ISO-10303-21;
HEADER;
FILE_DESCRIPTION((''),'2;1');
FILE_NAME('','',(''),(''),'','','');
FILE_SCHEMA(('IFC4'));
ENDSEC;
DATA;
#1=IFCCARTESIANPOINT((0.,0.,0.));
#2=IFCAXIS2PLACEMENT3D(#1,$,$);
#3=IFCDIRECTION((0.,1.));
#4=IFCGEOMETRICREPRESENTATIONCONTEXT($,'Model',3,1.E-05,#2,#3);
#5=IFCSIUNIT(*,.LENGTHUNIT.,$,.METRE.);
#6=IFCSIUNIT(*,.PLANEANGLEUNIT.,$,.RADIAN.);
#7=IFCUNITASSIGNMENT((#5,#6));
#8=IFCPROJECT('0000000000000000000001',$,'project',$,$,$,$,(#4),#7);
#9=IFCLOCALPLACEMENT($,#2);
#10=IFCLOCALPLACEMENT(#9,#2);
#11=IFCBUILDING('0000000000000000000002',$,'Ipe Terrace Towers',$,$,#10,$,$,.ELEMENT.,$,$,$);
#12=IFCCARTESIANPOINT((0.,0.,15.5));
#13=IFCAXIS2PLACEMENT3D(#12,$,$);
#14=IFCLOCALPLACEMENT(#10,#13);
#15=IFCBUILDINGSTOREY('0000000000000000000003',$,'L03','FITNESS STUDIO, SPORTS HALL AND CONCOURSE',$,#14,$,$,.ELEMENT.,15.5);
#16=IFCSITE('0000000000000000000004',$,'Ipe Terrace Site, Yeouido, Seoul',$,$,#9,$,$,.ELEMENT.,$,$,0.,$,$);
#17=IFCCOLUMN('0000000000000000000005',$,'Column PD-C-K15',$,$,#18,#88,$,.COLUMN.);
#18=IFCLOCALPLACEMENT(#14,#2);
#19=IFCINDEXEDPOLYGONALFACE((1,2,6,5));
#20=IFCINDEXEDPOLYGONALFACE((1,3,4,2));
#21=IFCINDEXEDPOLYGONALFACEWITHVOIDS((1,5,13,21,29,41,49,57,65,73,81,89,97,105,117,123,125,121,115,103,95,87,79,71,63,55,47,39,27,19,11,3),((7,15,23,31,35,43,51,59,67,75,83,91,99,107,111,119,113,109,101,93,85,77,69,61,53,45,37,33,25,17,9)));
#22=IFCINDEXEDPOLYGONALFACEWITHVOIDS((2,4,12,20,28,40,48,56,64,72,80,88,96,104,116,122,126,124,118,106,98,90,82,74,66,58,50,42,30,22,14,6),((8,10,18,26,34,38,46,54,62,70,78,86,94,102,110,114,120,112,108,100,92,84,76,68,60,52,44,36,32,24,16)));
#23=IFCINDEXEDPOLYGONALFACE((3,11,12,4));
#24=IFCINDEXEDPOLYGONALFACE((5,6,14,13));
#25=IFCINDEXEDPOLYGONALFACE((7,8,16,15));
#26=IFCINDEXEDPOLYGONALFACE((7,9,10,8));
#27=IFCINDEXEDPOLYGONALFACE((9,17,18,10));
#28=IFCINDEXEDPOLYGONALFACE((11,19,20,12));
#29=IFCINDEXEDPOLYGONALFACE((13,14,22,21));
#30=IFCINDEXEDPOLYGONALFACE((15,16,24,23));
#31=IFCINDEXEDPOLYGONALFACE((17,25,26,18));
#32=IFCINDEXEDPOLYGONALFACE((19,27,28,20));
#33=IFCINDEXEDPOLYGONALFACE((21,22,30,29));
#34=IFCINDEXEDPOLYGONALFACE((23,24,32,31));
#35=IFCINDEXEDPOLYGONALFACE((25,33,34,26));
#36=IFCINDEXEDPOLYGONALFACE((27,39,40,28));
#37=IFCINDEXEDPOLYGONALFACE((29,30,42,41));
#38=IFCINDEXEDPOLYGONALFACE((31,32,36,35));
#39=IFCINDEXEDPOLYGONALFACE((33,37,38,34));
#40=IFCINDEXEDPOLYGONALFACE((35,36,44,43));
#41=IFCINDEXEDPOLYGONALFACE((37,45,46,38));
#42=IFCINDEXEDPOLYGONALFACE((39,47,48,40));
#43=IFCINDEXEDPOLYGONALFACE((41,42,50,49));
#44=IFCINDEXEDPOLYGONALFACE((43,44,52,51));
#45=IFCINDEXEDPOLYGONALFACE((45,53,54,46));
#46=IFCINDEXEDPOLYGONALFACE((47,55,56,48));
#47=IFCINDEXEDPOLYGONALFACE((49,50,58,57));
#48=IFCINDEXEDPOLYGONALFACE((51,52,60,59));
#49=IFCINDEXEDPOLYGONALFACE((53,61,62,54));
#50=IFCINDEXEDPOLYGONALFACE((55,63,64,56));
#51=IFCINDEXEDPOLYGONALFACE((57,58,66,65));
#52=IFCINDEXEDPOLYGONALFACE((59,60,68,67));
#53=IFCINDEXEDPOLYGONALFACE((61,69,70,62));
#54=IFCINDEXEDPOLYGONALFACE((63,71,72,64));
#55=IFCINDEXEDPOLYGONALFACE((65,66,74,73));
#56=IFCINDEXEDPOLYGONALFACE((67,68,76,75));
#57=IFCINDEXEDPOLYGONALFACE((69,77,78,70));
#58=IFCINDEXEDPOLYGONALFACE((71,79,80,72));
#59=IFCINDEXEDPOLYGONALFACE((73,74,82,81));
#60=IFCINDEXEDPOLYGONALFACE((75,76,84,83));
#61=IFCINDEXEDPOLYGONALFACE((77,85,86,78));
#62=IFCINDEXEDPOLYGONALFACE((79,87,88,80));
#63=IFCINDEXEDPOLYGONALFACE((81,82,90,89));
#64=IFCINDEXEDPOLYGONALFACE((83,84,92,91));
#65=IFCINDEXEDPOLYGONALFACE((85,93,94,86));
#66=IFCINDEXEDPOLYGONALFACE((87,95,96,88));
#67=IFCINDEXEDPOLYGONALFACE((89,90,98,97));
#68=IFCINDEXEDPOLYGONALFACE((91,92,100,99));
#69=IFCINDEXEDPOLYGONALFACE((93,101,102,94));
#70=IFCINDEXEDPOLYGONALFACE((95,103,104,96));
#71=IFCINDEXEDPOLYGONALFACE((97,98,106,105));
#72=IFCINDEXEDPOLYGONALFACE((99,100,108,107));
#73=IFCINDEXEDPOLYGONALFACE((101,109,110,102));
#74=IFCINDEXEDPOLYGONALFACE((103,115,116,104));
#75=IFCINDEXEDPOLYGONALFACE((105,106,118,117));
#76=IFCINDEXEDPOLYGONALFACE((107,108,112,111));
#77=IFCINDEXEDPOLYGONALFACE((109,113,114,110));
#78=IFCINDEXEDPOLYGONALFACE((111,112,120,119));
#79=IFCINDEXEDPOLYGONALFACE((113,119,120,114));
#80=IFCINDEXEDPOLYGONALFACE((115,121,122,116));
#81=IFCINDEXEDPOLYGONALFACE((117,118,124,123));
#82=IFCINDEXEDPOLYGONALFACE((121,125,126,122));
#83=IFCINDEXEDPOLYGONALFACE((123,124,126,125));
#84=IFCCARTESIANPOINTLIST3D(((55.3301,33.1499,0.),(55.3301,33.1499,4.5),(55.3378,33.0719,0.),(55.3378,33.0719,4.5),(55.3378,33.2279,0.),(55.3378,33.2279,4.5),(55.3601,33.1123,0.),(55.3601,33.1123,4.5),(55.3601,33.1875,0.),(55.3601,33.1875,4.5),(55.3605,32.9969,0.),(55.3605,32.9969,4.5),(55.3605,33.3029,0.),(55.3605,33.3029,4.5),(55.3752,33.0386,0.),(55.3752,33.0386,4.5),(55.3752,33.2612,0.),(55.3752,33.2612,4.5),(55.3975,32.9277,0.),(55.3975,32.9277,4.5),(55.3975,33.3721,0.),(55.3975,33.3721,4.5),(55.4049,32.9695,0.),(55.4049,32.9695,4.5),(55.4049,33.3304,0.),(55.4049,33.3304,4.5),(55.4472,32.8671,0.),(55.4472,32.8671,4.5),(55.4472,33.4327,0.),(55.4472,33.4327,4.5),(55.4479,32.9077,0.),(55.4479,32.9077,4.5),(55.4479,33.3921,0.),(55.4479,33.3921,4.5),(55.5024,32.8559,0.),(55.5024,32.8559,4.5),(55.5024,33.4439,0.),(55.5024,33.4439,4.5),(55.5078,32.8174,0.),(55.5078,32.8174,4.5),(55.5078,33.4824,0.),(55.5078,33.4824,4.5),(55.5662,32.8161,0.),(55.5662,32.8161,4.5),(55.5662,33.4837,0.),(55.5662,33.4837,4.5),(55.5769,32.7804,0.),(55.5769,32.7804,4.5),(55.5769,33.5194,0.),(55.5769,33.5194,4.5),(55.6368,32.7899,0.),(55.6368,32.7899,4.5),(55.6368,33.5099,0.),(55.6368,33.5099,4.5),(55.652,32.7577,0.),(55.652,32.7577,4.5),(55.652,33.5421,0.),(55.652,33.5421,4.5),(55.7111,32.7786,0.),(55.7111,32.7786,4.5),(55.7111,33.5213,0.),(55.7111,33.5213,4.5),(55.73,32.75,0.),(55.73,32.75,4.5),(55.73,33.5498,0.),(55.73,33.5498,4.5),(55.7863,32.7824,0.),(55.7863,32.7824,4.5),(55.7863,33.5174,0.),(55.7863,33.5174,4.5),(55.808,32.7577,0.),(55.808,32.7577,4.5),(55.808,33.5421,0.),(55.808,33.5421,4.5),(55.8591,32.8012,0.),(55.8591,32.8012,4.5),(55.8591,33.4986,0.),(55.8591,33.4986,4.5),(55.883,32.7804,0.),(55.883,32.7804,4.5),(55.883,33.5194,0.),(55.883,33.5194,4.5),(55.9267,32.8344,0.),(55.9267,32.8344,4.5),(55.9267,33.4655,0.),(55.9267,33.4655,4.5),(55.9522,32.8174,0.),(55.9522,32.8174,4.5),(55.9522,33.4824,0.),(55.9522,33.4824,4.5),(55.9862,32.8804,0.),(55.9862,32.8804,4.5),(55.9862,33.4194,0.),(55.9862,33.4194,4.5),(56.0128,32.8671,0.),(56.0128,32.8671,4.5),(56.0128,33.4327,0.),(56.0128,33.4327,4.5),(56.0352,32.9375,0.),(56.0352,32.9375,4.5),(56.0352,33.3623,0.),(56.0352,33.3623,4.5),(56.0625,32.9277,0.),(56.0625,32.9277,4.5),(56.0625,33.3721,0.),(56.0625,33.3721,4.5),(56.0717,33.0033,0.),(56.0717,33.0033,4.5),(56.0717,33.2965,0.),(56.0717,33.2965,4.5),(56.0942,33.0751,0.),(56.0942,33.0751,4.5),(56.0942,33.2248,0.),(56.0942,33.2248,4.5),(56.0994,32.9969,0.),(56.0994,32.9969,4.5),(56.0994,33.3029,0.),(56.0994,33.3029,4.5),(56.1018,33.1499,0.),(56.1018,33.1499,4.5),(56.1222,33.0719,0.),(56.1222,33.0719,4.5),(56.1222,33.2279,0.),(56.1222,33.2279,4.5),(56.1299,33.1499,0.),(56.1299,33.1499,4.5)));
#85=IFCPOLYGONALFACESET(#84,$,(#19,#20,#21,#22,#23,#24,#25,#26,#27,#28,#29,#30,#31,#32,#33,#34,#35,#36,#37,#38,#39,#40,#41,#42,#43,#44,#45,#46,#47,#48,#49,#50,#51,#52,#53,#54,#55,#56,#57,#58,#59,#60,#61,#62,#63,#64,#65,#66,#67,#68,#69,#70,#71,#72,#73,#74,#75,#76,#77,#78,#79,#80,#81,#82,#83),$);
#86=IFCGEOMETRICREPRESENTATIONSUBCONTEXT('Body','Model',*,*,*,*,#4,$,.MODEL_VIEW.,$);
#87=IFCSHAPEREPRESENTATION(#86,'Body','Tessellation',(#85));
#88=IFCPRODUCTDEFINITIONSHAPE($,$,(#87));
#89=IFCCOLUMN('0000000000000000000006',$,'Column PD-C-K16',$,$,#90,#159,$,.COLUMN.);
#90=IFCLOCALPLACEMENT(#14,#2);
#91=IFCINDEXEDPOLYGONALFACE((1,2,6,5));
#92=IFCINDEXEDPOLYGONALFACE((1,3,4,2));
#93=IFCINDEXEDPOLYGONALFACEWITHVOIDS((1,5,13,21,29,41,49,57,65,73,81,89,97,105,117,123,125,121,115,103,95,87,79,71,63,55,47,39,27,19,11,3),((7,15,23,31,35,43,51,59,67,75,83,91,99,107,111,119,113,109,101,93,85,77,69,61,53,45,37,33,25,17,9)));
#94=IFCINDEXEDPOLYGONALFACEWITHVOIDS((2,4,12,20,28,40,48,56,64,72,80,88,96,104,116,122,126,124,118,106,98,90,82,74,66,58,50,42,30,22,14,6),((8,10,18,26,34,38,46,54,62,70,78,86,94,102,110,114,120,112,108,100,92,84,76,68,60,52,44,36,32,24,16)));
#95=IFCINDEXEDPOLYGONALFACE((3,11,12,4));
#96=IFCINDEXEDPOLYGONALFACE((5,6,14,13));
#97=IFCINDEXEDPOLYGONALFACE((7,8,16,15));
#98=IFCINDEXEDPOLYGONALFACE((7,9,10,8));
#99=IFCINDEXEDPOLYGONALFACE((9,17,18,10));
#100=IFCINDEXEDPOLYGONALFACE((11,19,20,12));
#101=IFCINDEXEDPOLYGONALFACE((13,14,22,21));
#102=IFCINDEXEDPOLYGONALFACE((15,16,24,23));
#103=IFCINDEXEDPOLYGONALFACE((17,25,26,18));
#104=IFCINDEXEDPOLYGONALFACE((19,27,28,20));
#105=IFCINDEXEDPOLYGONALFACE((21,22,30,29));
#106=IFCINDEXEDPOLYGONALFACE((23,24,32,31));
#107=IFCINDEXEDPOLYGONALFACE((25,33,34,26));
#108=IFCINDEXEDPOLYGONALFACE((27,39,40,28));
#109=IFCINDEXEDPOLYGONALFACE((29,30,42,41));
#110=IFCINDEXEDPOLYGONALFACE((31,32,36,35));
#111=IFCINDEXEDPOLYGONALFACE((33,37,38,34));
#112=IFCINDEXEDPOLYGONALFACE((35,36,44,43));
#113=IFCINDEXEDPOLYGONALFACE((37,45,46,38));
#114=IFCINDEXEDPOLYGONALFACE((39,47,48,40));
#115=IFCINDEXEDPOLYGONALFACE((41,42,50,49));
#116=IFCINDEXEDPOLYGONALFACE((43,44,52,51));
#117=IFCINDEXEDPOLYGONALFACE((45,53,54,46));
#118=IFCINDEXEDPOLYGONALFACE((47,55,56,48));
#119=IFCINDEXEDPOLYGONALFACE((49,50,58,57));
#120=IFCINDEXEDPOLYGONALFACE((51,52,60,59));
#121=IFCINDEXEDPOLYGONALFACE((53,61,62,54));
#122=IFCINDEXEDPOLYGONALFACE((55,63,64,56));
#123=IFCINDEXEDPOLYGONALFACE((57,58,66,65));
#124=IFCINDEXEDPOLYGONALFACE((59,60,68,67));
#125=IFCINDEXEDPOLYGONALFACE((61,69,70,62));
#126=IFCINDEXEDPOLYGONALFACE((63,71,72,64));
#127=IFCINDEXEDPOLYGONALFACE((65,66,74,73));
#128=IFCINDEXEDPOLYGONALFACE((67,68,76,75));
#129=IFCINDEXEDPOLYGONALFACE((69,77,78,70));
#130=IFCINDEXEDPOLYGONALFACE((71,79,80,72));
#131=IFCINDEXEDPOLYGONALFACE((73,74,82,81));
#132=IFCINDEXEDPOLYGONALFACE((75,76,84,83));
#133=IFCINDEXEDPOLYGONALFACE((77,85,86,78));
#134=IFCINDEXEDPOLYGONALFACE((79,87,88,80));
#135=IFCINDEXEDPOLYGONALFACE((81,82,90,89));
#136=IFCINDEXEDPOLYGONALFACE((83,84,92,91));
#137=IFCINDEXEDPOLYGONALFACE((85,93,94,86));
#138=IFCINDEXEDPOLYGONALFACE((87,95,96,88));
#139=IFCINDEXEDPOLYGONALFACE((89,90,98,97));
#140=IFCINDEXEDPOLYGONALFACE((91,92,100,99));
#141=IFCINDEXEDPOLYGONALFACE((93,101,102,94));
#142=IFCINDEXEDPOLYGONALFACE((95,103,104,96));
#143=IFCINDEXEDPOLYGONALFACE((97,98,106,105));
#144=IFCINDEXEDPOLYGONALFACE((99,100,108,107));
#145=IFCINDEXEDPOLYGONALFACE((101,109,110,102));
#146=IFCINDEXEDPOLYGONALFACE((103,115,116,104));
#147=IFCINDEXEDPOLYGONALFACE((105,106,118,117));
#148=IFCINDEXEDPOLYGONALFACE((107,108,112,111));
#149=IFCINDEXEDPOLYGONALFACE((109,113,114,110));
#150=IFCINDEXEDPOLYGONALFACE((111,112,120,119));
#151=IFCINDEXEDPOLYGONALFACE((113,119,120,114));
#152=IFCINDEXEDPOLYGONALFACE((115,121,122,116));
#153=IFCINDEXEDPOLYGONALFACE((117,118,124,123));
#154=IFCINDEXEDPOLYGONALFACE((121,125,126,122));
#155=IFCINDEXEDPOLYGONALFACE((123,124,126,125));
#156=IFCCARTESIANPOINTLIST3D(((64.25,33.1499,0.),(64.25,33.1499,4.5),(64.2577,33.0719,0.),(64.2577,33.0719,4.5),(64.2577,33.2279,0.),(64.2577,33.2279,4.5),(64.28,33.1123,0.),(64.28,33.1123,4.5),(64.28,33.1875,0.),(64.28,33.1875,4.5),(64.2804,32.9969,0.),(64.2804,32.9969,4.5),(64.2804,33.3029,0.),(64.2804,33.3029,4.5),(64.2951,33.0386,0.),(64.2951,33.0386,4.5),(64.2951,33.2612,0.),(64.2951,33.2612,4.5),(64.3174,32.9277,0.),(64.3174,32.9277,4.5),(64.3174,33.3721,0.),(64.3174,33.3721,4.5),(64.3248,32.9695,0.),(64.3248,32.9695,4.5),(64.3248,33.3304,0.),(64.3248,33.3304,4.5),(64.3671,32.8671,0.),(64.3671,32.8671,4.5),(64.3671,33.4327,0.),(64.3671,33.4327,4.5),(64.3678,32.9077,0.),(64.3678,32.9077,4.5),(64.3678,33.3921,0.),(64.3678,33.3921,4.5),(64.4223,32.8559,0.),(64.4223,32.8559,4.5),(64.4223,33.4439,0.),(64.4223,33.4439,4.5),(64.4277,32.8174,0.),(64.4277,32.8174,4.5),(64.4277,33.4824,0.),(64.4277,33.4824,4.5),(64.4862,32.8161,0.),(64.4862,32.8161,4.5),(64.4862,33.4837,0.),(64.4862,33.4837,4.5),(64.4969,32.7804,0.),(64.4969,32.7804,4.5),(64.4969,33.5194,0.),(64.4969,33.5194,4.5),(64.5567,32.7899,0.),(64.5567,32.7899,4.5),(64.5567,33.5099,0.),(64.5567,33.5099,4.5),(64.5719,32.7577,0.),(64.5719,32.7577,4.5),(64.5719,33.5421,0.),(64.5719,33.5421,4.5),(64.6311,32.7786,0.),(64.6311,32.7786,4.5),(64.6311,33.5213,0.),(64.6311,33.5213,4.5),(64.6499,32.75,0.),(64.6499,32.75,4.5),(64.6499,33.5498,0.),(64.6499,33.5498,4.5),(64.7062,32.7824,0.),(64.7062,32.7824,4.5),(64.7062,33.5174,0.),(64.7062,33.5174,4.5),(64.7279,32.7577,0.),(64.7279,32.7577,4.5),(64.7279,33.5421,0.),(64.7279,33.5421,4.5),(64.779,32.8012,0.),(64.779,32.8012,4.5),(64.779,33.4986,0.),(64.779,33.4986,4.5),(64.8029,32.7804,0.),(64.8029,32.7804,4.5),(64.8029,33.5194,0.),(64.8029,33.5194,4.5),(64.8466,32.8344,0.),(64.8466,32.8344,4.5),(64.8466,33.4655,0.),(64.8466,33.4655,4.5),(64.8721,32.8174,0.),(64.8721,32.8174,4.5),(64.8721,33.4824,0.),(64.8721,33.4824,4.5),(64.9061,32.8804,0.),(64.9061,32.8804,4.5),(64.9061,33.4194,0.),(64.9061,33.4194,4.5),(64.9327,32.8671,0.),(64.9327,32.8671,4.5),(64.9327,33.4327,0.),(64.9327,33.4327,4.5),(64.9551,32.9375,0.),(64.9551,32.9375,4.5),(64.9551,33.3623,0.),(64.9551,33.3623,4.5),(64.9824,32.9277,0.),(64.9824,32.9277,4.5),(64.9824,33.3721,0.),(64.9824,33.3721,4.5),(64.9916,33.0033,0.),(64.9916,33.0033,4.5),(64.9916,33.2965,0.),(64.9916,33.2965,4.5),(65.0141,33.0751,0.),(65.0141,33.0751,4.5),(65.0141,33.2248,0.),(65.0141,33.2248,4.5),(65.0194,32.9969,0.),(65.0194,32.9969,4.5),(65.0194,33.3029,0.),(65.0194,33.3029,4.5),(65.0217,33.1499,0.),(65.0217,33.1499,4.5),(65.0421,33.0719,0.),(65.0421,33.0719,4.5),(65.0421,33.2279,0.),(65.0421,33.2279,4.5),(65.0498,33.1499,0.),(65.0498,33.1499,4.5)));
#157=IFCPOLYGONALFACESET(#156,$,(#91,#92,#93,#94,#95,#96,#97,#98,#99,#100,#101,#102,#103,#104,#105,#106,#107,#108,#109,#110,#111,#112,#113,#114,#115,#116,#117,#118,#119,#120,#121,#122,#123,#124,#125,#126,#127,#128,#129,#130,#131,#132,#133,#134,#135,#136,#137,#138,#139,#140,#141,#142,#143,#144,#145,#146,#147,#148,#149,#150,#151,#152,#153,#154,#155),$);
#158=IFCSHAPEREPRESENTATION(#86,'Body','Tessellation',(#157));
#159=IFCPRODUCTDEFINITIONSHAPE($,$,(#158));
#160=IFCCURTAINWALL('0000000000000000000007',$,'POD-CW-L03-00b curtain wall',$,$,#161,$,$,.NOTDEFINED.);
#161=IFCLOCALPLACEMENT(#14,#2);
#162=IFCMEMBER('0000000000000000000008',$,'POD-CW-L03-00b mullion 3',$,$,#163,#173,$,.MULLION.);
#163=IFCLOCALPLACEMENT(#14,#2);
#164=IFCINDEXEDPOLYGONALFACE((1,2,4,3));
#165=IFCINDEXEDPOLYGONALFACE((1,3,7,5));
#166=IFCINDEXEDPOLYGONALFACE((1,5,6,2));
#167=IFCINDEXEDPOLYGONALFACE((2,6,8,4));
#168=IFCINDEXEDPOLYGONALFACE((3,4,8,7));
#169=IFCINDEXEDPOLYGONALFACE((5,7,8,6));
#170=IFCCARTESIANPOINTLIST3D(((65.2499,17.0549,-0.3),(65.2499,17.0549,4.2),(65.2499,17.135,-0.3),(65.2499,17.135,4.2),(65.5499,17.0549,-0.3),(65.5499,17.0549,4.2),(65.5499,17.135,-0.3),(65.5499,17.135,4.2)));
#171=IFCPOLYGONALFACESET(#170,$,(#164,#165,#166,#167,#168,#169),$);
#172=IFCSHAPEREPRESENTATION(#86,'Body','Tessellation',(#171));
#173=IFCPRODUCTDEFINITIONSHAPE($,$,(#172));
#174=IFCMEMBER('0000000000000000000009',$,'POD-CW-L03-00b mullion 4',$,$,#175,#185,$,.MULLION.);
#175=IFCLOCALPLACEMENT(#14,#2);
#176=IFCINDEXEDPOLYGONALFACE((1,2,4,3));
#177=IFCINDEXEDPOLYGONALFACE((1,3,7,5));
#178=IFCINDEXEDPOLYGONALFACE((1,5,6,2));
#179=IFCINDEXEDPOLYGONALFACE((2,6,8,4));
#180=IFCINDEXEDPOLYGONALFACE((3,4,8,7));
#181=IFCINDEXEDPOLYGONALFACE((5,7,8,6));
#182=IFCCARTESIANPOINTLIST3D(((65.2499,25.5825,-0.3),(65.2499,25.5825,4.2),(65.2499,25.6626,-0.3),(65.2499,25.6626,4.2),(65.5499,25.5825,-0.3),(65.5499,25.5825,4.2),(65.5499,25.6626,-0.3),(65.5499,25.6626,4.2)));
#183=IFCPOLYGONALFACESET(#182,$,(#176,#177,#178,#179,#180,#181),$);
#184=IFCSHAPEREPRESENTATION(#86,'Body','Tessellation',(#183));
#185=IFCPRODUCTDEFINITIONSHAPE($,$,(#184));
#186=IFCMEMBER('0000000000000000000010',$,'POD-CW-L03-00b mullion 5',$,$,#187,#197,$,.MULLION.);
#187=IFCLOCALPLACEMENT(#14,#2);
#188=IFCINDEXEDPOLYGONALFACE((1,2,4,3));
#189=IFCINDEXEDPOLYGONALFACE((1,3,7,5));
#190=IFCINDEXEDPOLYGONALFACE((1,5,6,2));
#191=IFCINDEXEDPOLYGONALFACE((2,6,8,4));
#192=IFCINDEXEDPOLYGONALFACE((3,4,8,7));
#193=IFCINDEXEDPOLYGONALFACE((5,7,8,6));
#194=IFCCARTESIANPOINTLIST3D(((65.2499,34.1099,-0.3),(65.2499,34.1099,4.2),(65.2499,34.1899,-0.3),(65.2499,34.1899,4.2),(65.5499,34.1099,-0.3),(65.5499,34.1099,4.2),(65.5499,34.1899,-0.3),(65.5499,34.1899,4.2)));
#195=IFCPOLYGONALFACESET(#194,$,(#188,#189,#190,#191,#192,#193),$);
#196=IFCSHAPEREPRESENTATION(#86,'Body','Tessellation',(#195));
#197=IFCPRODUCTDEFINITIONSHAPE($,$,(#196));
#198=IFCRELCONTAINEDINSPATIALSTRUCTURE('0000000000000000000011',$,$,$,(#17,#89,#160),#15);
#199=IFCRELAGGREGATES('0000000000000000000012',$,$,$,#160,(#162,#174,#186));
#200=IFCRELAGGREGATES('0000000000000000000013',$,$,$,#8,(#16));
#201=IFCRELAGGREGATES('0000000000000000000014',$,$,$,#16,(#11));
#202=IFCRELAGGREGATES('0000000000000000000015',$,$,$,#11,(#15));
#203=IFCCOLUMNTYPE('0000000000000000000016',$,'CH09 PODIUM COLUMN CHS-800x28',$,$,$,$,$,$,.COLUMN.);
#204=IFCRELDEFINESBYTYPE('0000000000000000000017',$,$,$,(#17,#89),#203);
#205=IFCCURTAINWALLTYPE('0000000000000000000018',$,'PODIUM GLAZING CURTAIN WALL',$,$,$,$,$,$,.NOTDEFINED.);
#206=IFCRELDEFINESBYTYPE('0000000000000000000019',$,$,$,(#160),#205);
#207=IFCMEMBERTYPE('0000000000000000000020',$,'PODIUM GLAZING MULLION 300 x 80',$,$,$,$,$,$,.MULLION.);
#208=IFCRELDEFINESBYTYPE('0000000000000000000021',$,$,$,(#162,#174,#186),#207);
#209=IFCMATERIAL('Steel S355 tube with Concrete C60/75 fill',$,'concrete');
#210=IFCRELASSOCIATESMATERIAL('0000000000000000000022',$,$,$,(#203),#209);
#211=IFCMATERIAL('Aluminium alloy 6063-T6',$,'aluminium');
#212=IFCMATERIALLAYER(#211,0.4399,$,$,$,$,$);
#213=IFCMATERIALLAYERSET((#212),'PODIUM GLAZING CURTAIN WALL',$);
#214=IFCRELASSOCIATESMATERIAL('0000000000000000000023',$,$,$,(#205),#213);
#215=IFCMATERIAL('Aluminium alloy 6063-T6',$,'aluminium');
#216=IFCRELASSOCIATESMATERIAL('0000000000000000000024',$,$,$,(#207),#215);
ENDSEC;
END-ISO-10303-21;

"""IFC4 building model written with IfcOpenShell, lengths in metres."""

from ifc_helpers import new_model, si_unit, direction, frame, origin, origin_2d, place, context, subcontext, project, spatial, rectangle, hollow_circle, extrude, material, layer, layer_set, material_profile, profile_set, type_object, element, aggregate, save


model = new_model("IFC4")

# Units and contexts
model_context = context("Model", 3, precision=1e-05, world=origin(), true_north=direction((0.0, 1.0)))
body_context = subcontext(model_context, "Body", "Model", "MODEL_VIEW")
ifc_project = project(units=[si_unit("LENGTHUNIT", "METRE"), si_unit("PLANEANGLEUNIT", "RADIAN")], contexts=[model_context])

# Site, building, storey
site_placement = place(None, origin())
site = spatial("IfcSite", under=ifc_project, at=site_placement, Name="Ipe Terrace Site, Yeouido, Seoul", CompositionType="ELEMENT", RefElevation=0.0)
building_placement = place(site_placement, origin())
building = spatial("IfcBuilding", under=site, at=building_placement, Name="Ipe Terrace Towers", CompositionType="ELEMENT")
storey_placement = place(building_placement, frame((0.0, 0.0, 15.5)))
storey = spatial("IfcBuildingStorey", under=building, at=storey_placement, Name="L03", Description="FITNESS STUDIO, SPORTS HALL AND CONCOURSE", CompositionType="ELEMENT", Elevation=15.5)

# Columns
ifc_material_1 = material(Name="Steel S355 tube with Concrete C60/75 fill", Category="concrete")
ifc_material_profile_1 = material_profile(ifc_material_1, hollow_circle(Radius=0.3999, WallThickness=0.0281, at=origin_2d()), Name="CHS-800x28")
ifc_profile_set_1 = profile_set([ifc_material_profile_1], Name="Steel S355 tube with Concrete C60/75 fill")
column_type = type_object("IfcColumnType", Name="CH09 PODIUM COLUMN CHS-800x28", PredefinedType="COLUMN", material=ifc_profile_set_1)
for number, where, z_axis, x_axis, name in (
    (1, (55.73, 33.1499, 0.0), (0.0, 0.0, 1.0), (1.0, 0.0, 0.0), "Column PD-C-K15"),
    (2, (64.6499, 33.1499, 0.0), (0.0, 0.0, 1.0), (1.0, 0.0, 0.0), "Column PD-C-K16"),
):
    element("IfcColumn", number, at=place(storey_placement, frame(where, z_axis=z_axis, x_axis=x_axis)), inside=storey, type_object=column_type, Name=name, PredefinedType="COLUMN", context=body_context, shape_type="SweptSolid", body=[
        extrude(hollow_circle(Radius=0.3999, WallThickness=0.0281, at=origin_2d()), origin(), (0.0, 0.0, 1.0), 4.5),
    ])

# Curtain wall, members
ifc_material_2 = material(Name="Aluminium alloy 6063-T6", Category="aluminium")
ifc_layer_1 = layer(ifc_material_2, 0.4399)
ifc_layer_set_1 = layer_set([ifc_layer_1], Name="PODIUM GLAZING CURTAIN WALL")
curtain_wall_type = type_object("IfcCurtainWallType", Name="PODIUM GLAZING CURTAIN WALL", PredefinedType="NOTDEFINED", material=ifc_layer_set_1)
curtain_wall_1_placement = place(storey_placement, origin())
curtain_wall_1 = element("IfcCurtainWall", 3, at=curtain_wall_1_placement, inside=storey, type_object=curtain_wall_type, Name="POD-CW-L03-00b curtain wall", PredefinedType="NOTDEFINED")
ifc_material_3 = material(Name="Aluminium alloy 6063-T6", Category="aluminium")
ifc_material_profile_2 = material_profile(ifc_material_3, rectangle(XDim=0.3, YDim=0.0801, at=origin_2d()), Name="PODIUM GLAZING MULLION 300 x 80")
ifc_profile_set_2 = profile_set([ifc_material_profile_2], Name="Aluminium alloy 6063-T6")
member_type_1 = type_object("IfcMemberType", Name="PODIUM GLAZING MULLION 300 x 80", PredefinedType="MULLION", material=ifc_profile_set_2)
member_1_placement = place(storey_placement, frame((65.3999, 17.095, -0.3), z_axis=(0.0, 0.0, 1.0), x_axis=(1.0, 0.0, 0.0)))
member_1 = element("IfcMember", 4, at=member_1_placement, type_object=member_type_1, Name="POD-CW-L03-00b mullion 3", PredefinedType="MULLION", context=body_context, shape_type="SweptSolid", body=[
    extrude(rectangle(XDim=0.3, YDim=0.0801, at=origin_2d()), origin(), (0.0, 0.0, 1.0), 4.5),
])
member_2_placement = place(storey_placement, frame((65.3999, 25.6226, -0.3), z_axis=(0.0, 0.0, 1.0), x_axis=(1.0, 0.0, 0.0)))
member_2 = element("IfcMember", 5, at=member_2_placement, type_object=member_type_1, Name="POD-CW-L03-00b mullion 4", PredefinedType="MULLION", context=body_context, shape_type="SweptSolid", body=[
    extrude(rectangle(XDim=0.3, YDim=0.0801, at=origin_2d()), origin(), (0.0, 0.0, 1.0), 4.5),
])
member_3_placement = place(storey_placement, frame((65.3999, 34.1499, -0.3), z_axis=(0.0, 0.0, 1.0), x_axis=(1.0, 0.0, 0.0)))
member_3 = element("IfcMember", 6, at=member_3_placement, type_object=member_type_1, Name="POD-CW-L03-00b mullion 5", PredefinedType="MULLION", context=body_context, shape_type="SweptSolid", body=[
    extrude(rectangle(XDim=0.3, YDim=0.0801, at=origin_2d()), origin(), (0.0, 0.0, 1.0), 4.5),
])

aggregate(curtain_wall_1, [member_1, member_2, member_3])

save(model, "model.ifc")
